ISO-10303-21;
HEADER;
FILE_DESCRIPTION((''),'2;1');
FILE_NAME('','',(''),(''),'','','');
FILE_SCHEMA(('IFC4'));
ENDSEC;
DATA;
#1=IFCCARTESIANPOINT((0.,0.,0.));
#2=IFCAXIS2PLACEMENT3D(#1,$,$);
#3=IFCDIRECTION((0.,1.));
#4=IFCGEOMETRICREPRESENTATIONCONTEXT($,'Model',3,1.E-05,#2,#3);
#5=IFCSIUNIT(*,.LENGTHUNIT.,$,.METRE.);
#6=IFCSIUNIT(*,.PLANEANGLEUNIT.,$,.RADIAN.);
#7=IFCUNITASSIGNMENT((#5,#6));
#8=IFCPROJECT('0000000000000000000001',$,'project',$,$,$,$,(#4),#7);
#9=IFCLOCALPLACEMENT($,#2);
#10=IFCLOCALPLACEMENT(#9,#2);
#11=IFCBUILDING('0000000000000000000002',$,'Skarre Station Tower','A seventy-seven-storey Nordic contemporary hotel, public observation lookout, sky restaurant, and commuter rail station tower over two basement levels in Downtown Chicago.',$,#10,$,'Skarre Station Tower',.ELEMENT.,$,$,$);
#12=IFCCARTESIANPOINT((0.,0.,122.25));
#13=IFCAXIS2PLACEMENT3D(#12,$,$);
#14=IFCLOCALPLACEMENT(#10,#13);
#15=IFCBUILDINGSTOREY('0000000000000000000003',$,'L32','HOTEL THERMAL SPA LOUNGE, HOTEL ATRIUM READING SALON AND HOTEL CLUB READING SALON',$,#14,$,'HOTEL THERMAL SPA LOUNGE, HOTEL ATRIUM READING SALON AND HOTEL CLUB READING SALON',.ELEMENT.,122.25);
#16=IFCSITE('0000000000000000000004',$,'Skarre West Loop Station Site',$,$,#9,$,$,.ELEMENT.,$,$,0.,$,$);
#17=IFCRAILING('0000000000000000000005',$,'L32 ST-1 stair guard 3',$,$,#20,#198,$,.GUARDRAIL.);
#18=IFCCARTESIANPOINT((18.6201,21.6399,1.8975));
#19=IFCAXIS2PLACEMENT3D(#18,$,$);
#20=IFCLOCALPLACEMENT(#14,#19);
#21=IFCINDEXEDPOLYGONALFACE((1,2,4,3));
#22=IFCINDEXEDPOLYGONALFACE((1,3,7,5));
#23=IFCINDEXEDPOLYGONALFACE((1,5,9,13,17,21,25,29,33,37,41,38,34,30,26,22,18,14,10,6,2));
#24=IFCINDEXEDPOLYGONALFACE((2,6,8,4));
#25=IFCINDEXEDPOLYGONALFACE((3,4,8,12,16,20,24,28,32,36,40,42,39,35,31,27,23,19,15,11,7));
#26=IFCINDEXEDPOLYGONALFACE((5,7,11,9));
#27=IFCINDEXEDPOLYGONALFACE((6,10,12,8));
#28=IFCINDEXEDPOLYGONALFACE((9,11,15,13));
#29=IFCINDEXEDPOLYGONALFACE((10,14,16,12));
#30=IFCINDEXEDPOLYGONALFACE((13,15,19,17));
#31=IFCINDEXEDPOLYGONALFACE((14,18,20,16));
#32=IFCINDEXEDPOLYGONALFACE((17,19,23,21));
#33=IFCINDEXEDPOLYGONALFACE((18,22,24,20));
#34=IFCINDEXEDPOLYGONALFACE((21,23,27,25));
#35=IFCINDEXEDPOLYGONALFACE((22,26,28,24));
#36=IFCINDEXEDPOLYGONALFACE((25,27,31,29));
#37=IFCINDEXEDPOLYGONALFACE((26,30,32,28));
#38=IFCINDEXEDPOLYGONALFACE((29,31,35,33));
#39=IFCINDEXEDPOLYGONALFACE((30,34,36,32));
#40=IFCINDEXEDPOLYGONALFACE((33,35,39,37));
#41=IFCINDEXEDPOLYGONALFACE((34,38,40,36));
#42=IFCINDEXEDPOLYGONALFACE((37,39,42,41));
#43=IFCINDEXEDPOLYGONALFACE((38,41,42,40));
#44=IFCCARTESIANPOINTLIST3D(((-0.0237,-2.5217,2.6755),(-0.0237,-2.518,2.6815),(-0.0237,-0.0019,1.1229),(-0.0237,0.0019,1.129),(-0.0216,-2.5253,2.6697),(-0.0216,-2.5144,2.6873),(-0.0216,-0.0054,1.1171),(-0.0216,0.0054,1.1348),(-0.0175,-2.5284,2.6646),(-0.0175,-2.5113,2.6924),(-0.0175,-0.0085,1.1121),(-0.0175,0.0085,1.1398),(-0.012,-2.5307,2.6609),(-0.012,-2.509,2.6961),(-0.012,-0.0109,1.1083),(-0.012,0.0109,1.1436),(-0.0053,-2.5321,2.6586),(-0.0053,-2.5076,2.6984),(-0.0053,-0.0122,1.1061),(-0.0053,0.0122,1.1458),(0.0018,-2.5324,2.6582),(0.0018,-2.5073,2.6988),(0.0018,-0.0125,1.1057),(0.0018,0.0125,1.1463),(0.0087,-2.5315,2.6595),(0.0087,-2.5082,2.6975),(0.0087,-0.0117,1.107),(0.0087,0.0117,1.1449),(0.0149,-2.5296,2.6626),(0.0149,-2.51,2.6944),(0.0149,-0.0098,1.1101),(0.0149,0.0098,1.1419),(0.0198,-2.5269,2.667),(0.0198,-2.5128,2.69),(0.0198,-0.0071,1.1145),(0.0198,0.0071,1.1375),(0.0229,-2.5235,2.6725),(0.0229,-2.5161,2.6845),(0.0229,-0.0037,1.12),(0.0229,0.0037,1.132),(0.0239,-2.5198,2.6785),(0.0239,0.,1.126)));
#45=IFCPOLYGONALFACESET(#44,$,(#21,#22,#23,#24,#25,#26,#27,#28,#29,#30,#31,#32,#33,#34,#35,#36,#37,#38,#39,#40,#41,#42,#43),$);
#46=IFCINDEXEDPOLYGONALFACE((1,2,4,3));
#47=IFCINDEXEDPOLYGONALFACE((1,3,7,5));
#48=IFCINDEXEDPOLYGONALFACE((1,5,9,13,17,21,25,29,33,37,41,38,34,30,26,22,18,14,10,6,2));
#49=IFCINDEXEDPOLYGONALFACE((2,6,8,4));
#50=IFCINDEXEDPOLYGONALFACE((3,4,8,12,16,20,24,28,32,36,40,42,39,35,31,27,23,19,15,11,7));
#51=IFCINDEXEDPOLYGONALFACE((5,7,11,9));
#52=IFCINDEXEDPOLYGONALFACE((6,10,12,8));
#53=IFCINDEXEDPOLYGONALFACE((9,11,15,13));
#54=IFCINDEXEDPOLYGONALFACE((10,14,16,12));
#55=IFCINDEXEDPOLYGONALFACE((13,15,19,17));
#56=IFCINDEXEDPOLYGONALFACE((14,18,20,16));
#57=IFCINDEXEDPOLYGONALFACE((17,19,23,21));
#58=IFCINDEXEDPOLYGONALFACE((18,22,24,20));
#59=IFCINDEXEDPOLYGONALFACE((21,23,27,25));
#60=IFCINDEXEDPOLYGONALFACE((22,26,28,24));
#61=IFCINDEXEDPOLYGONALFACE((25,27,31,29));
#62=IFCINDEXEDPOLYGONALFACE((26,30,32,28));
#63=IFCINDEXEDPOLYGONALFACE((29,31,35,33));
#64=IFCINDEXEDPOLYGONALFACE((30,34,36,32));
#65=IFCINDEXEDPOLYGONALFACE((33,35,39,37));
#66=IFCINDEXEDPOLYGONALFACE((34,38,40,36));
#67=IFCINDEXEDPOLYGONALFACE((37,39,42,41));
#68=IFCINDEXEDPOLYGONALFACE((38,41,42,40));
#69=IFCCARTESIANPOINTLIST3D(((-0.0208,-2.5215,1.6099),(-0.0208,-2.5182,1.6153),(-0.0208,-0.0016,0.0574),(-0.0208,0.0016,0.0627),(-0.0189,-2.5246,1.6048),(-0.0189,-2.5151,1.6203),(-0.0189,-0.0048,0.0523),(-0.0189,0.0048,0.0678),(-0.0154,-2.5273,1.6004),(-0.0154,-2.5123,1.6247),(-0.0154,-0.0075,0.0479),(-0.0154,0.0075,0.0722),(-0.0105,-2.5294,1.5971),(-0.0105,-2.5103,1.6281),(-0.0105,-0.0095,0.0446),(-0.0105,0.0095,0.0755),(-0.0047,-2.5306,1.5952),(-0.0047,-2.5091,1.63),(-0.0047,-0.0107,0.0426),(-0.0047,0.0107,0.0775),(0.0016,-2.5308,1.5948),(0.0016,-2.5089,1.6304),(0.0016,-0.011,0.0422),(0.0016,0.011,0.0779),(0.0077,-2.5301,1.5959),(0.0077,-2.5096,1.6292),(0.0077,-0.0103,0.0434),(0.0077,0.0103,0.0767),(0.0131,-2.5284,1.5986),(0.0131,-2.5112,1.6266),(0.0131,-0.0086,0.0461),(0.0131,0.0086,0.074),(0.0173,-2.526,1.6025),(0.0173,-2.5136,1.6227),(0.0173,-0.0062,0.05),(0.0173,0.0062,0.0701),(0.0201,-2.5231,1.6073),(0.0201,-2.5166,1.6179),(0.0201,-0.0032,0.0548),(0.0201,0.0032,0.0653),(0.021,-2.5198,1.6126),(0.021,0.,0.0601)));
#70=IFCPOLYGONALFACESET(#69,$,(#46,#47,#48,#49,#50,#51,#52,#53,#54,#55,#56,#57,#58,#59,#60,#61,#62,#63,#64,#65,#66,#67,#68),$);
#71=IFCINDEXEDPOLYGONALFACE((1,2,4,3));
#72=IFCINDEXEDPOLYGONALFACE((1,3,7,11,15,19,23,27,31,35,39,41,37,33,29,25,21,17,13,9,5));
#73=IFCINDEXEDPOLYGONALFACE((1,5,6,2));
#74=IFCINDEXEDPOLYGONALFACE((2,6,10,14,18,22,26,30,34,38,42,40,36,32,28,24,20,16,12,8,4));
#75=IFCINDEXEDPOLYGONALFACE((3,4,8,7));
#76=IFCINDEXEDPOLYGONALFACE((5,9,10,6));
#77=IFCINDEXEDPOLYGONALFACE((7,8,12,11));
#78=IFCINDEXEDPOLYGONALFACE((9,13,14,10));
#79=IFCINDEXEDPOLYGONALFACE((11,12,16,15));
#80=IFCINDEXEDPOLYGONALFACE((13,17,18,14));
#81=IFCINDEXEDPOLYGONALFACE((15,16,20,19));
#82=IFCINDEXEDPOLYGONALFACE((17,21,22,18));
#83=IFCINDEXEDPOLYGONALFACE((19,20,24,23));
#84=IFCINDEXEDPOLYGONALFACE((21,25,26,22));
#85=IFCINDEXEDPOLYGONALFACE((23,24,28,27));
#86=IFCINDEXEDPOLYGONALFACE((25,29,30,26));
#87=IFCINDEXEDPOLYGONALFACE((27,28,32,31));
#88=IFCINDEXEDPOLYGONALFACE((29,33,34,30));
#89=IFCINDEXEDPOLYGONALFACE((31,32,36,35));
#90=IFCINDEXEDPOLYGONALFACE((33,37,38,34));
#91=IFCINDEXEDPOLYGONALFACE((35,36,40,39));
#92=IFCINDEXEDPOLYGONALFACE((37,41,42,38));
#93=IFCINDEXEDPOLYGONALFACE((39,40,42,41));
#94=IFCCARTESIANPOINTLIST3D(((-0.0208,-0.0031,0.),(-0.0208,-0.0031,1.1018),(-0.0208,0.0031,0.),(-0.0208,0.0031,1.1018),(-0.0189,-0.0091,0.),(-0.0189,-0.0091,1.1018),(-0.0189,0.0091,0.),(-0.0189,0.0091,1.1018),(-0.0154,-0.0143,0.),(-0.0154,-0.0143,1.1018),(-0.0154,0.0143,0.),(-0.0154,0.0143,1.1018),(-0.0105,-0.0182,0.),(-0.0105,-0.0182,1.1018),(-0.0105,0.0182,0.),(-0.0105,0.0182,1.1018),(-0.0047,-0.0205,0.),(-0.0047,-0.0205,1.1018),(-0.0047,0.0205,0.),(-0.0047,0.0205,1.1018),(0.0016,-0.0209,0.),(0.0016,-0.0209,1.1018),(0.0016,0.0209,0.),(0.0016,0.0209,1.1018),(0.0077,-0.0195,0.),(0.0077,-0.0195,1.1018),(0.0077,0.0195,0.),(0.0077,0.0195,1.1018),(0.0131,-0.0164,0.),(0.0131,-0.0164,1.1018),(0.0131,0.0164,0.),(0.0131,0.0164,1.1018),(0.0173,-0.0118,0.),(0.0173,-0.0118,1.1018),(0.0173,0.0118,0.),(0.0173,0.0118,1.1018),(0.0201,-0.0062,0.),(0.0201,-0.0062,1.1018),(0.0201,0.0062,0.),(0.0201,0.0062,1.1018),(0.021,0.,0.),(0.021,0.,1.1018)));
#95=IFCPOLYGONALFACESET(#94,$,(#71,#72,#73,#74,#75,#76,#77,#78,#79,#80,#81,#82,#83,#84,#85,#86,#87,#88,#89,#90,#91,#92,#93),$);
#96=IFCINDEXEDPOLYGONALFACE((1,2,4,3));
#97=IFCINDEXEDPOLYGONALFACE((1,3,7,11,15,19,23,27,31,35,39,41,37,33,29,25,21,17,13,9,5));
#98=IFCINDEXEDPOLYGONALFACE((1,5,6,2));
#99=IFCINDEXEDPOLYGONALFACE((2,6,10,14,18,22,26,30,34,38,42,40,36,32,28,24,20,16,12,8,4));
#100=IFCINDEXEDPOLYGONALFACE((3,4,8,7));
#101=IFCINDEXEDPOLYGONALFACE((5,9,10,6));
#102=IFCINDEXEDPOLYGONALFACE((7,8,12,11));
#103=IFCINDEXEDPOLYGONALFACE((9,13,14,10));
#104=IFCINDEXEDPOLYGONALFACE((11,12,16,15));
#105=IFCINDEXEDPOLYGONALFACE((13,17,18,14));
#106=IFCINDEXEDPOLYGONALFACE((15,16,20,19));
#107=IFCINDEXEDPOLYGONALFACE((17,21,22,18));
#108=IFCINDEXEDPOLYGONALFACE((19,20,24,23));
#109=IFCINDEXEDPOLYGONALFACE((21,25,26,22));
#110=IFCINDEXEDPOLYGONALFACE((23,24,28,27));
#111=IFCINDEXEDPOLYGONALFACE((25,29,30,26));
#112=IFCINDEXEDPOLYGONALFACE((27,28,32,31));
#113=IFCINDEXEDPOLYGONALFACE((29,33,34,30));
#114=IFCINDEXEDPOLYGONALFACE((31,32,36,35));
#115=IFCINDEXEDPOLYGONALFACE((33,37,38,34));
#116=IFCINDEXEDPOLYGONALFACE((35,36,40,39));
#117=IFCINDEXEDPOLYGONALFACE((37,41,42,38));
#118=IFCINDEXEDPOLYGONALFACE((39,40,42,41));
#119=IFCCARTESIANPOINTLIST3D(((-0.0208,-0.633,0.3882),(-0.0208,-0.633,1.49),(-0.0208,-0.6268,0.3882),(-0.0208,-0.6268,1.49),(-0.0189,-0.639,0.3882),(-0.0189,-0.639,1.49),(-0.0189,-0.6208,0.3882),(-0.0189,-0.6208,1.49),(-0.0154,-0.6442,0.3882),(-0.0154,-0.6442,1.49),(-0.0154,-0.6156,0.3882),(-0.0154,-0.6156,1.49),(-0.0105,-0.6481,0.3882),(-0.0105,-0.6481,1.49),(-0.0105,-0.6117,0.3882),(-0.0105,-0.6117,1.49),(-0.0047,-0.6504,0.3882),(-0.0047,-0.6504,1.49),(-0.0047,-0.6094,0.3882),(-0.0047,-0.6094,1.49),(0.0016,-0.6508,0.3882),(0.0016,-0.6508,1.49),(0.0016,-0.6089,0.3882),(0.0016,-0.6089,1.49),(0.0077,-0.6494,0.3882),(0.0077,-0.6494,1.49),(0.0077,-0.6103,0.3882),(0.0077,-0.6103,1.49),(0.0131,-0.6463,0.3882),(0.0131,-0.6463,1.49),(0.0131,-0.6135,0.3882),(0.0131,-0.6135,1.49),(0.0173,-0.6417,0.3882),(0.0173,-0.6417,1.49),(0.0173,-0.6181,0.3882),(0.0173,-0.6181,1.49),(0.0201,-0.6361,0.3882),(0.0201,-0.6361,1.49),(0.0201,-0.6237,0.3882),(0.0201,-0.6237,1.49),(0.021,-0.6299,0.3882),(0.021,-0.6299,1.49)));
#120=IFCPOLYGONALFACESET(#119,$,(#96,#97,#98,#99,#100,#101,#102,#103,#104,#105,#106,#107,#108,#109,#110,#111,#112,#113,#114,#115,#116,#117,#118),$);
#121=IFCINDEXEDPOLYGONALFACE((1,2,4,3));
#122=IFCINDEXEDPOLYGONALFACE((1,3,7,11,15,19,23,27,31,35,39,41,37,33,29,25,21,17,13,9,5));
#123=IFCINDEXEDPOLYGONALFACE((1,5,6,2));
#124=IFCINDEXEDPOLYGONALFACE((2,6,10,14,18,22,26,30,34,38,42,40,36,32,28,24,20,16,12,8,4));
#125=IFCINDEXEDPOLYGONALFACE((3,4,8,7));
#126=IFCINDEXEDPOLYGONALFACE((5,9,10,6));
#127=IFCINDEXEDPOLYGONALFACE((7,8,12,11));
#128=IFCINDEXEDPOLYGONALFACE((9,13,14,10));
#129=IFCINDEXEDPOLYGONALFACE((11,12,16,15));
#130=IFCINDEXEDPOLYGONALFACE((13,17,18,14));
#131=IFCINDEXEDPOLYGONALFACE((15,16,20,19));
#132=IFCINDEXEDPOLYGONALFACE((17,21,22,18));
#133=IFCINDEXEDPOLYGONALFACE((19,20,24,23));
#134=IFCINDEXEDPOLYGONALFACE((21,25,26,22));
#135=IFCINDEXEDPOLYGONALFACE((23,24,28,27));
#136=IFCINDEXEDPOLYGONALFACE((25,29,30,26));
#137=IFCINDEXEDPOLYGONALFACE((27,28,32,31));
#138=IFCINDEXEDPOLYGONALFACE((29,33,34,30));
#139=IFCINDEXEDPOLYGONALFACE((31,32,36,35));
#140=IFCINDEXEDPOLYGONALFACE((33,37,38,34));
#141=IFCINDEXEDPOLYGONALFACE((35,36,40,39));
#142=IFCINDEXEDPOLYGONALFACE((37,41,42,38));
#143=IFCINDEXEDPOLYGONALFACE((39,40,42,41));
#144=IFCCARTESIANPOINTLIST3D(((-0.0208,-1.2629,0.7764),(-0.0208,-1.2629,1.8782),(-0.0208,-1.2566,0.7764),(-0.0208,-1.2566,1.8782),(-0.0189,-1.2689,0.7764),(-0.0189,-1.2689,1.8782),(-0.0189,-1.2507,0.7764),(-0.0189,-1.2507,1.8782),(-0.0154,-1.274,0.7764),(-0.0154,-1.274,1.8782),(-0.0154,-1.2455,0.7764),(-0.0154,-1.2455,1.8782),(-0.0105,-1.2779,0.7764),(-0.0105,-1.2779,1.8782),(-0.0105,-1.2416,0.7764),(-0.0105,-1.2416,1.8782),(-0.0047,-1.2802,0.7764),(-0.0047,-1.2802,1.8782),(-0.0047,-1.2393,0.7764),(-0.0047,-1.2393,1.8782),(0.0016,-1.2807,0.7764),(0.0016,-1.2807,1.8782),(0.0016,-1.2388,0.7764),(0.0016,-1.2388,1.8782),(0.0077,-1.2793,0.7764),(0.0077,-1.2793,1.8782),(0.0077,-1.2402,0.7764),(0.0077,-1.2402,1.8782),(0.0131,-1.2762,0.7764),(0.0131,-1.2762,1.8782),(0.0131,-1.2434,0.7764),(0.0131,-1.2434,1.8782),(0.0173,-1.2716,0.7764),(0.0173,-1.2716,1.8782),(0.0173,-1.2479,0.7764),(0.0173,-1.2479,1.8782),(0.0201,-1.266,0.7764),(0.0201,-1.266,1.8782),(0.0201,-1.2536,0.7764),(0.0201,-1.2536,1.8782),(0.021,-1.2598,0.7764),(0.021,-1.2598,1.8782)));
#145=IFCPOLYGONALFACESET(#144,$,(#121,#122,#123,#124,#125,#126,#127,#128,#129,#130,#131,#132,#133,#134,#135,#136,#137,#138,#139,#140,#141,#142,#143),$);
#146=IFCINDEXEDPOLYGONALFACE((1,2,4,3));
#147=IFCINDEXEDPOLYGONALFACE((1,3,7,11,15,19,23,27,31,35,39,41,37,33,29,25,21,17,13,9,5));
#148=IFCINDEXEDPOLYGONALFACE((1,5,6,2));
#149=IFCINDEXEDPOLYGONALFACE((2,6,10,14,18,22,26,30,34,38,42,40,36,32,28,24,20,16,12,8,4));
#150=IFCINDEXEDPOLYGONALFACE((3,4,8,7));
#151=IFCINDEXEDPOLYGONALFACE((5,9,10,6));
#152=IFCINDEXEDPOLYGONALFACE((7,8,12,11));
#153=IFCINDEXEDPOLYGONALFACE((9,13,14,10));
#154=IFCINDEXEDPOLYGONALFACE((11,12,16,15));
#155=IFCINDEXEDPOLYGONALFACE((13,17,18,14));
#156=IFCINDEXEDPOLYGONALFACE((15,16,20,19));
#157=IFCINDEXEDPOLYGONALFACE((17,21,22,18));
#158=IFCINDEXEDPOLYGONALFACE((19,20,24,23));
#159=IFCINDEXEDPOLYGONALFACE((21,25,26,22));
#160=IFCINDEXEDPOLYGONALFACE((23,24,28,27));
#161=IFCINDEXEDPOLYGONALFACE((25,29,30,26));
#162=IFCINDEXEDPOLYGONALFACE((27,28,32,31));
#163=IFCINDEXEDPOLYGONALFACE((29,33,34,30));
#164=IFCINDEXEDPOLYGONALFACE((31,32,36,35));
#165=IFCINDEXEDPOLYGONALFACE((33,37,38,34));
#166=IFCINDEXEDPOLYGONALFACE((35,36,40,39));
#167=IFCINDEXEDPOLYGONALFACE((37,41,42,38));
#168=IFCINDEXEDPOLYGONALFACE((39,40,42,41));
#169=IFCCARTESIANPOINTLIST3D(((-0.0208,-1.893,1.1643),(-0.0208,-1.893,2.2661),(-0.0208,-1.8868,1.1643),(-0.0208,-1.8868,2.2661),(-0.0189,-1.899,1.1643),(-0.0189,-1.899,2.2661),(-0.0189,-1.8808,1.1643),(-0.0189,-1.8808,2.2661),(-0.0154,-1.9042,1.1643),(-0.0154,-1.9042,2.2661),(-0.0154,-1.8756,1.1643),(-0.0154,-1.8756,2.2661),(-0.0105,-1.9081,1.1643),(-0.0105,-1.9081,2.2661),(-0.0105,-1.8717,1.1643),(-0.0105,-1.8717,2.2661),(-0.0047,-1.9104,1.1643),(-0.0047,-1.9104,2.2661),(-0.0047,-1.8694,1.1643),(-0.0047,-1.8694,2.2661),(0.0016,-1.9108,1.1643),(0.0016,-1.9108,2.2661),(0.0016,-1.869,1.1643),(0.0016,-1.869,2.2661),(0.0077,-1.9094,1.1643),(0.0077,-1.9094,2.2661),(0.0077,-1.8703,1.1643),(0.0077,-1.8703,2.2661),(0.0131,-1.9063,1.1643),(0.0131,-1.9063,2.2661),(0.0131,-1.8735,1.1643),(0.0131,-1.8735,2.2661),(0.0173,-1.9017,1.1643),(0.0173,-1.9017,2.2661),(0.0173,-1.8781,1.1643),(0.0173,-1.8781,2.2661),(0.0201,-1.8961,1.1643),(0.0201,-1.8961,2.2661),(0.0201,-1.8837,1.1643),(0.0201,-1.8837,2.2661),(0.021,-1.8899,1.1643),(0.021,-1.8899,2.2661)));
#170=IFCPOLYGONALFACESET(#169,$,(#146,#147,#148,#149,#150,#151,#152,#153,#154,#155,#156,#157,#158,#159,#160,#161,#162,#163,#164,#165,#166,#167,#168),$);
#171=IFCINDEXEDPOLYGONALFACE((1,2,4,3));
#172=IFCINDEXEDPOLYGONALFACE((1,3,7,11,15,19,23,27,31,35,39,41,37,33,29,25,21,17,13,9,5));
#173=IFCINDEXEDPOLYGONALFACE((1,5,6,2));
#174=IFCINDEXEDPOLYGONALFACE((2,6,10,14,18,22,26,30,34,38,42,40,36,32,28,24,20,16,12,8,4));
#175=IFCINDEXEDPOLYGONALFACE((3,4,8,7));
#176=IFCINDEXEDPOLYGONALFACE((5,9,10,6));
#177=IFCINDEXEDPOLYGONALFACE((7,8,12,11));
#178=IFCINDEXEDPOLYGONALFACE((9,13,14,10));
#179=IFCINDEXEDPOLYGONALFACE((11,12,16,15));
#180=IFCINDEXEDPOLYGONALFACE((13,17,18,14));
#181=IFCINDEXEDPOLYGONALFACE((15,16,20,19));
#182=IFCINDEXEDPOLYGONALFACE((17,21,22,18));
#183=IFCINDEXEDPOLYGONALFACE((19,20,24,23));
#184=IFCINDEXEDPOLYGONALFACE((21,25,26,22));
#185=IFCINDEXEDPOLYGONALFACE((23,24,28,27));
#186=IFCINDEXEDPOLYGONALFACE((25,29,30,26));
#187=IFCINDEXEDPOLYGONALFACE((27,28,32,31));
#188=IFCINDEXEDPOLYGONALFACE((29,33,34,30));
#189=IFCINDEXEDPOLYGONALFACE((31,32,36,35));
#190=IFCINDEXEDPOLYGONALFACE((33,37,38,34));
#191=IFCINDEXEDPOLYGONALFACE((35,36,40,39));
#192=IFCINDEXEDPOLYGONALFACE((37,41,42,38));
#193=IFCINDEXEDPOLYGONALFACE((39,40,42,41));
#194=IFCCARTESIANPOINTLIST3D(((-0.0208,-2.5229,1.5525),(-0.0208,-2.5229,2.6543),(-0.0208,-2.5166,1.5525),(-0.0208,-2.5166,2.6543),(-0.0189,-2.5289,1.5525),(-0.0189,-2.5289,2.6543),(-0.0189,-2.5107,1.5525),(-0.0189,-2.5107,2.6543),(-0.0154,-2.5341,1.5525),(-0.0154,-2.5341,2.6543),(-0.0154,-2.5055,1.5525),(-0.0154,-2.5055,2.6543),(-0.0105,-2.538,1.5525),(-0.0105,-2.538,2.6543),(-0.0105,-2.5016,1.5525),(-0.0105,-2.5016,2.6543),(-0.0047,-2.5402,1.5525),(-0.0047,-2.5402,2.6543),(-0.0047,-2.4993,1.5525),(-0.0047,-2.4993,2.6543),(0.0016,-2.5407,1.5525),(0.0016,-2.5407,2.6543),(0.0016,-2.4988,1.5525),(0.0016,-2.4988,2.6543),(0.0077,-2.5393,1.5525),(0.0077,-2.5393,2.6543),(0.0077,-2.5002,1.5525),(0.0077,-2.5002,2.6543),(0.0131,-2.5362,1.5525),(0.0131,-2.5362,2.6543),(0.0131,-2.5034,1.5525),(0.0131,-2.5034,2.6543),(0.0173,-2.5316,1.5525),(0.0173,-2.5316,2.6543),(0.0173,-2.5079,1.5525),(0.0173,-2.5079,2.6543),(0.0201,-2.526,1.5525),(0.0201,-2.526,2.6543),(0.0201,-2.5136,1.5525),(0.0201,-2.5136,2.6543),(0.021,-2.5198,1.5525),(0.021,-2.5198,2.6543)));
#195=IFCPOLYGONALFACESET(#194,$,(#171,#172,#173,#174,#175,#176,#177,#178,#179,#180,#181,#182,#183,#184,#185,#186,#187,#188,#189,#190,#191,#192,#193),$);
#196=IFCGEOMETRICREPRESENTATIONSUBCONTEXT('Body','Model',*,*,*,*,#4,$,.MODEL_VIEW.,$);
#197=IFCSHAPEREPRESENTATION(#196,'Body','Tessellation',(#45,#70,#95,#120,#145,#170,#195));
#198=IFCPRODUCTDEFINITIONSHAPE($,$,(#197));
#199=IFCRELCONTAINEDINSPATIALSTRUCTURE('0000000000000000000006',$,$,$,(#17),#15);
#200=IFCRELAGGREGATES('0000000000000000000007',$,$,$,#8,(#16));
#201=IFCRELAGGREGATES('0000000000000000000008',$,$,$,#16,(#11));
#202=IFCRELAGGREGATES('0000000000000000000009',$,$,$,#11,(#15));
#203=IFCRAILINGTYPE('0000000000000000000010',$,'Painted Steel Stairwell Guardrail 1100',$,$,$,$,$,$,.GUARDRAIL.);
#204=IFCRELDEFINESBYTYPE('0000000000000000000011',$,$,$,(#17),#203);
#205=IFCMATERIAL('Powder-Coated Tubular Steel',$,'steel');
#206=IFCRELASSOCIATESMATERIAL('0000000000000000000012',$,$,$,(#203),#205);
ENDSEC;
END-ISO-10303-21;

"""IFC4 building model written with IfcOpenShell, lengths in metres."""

from ifc_helpers import new_model, si_unit, direction, frame, origin, origin_2d, place, context, subcontext, project, spatial, circle, extrude, material, type_object, element, save


model = new_model("IFC4")

# Units and contexts
model_context = context("Model", 3, precision=1e-05, world=origin(), true_north=direction((0.0, 1.0)))
body_context = subcontext(model_context, "Body", "Model", "MODEL_VIEW")
ifc_project = project(units=[si_unit("LENGTHUNIT", "METRE"), si_unit("PLANEANGLEUNIT", "RADIAN")], contexts=[model_context])

# Site, building, storey
site_placement = place(None, origin())
site = spatial("IfcSite", under=ifc_project, at=site_placement, Name="Skarre West Loop Station Site", CompositionType="ELEMENT", RefElevation=0.0)
building_placement = place(site_placement, origin())
building = spatial("IfcBuilding", under=site, at=building_placement, Name="Skarre Station Tower", Description="A seventy-seven-storey Nordic contemporary hotel, public observation lookout, sky restaurant, and commuter rail station tower over two basement levels in Downtown Chicago.", LongName="Skarre Station Tower", CompositionType="ELEMENT")
storey_placement = place(building_placement, frame((0.0, 0.0, 122.25)))
storey = spatial("IfcBuildingStorey", under=building, at=storey_placement, Name="L32", Description="HOTEL THERMAL SPA LOUNGE, HOTEL ATRIUM READING SALON AND HOTEL CLUB READING SALON", LongName="HOTEL THERMAL SPA LOUNGE, HOTEL ATRIUM READING SALON AND HOTEL CLUB READING SALON", CompositionType="ELEMENT", Elevation=122.25)

# Railing
ifc_material_1 = material(Name="Powder-Coated Tubular Steel", Category="steel")
railing_type_1 = type_object("IfcRailingType", Name="Painted Steel Stairwell Guardrail 1100", PredefinedType="GUARDRAIL", material=ifc_material_1)
railing_1_placement = place(storey_placement, frame((18.6201, 21.6399, 1.8975)))
element("IfcRailing", 1, at=railing_1_placement, inside=storey, type_object=railing_type_1, Name="L32 ST-1 stair guard 3", PredefinedType="GUARDRAIL", context=body_context, shape_type="SweptSolid", body=[
    extrude(circle(Radius=0.0239, at=origin_2d()), frame((0.0, 0.0, 1.126), z_axis=(0.0, -0.851378, 0.524553), x_axis=(1.0, 0.0, 0.0)), (0.0, 0.0, 1.0), 2.9597),
    extrude(circle(Radius=0.021, at=origin_2d()), frame((0.0, 0.0, 0.0601), z_axis=(0.0, -0.851378, 0.524553), x_axis=(1.0, 0.0, 0.0)), (0.0, 0.0, 1.0), 2.9597),
    extrude(circle(Radius=0.021, at=origin_2d()), origin(), (0.0, 0.0, 1.0), 1.1018),
    extrude(circle(Radius=0.021, at=origin_2d()), frame((0.0, -0.6299, 0.3882)), (0.0, 0.0, 1.0), 1.1018),
    extrude(circle(Radius=0.021, at=origin_2d()), frame((0.0, -1.2598, 0.7764)), (0.0, 0.0, 1.0), 1.1018),
    extrude(circle(Radius=0.021, at=origin_2d()), frame((0.0, -1.8899, 1.1643)), (0.0, 0.0, 1.0), 1.1018),
    extrude(circle(Radius=0.021, at=origin_2d()), frame((0.0, -2.5198, 1.5525)), (0.0, 0.0, 1.0), 1.1018),
])

save(model, "model.ifc")
